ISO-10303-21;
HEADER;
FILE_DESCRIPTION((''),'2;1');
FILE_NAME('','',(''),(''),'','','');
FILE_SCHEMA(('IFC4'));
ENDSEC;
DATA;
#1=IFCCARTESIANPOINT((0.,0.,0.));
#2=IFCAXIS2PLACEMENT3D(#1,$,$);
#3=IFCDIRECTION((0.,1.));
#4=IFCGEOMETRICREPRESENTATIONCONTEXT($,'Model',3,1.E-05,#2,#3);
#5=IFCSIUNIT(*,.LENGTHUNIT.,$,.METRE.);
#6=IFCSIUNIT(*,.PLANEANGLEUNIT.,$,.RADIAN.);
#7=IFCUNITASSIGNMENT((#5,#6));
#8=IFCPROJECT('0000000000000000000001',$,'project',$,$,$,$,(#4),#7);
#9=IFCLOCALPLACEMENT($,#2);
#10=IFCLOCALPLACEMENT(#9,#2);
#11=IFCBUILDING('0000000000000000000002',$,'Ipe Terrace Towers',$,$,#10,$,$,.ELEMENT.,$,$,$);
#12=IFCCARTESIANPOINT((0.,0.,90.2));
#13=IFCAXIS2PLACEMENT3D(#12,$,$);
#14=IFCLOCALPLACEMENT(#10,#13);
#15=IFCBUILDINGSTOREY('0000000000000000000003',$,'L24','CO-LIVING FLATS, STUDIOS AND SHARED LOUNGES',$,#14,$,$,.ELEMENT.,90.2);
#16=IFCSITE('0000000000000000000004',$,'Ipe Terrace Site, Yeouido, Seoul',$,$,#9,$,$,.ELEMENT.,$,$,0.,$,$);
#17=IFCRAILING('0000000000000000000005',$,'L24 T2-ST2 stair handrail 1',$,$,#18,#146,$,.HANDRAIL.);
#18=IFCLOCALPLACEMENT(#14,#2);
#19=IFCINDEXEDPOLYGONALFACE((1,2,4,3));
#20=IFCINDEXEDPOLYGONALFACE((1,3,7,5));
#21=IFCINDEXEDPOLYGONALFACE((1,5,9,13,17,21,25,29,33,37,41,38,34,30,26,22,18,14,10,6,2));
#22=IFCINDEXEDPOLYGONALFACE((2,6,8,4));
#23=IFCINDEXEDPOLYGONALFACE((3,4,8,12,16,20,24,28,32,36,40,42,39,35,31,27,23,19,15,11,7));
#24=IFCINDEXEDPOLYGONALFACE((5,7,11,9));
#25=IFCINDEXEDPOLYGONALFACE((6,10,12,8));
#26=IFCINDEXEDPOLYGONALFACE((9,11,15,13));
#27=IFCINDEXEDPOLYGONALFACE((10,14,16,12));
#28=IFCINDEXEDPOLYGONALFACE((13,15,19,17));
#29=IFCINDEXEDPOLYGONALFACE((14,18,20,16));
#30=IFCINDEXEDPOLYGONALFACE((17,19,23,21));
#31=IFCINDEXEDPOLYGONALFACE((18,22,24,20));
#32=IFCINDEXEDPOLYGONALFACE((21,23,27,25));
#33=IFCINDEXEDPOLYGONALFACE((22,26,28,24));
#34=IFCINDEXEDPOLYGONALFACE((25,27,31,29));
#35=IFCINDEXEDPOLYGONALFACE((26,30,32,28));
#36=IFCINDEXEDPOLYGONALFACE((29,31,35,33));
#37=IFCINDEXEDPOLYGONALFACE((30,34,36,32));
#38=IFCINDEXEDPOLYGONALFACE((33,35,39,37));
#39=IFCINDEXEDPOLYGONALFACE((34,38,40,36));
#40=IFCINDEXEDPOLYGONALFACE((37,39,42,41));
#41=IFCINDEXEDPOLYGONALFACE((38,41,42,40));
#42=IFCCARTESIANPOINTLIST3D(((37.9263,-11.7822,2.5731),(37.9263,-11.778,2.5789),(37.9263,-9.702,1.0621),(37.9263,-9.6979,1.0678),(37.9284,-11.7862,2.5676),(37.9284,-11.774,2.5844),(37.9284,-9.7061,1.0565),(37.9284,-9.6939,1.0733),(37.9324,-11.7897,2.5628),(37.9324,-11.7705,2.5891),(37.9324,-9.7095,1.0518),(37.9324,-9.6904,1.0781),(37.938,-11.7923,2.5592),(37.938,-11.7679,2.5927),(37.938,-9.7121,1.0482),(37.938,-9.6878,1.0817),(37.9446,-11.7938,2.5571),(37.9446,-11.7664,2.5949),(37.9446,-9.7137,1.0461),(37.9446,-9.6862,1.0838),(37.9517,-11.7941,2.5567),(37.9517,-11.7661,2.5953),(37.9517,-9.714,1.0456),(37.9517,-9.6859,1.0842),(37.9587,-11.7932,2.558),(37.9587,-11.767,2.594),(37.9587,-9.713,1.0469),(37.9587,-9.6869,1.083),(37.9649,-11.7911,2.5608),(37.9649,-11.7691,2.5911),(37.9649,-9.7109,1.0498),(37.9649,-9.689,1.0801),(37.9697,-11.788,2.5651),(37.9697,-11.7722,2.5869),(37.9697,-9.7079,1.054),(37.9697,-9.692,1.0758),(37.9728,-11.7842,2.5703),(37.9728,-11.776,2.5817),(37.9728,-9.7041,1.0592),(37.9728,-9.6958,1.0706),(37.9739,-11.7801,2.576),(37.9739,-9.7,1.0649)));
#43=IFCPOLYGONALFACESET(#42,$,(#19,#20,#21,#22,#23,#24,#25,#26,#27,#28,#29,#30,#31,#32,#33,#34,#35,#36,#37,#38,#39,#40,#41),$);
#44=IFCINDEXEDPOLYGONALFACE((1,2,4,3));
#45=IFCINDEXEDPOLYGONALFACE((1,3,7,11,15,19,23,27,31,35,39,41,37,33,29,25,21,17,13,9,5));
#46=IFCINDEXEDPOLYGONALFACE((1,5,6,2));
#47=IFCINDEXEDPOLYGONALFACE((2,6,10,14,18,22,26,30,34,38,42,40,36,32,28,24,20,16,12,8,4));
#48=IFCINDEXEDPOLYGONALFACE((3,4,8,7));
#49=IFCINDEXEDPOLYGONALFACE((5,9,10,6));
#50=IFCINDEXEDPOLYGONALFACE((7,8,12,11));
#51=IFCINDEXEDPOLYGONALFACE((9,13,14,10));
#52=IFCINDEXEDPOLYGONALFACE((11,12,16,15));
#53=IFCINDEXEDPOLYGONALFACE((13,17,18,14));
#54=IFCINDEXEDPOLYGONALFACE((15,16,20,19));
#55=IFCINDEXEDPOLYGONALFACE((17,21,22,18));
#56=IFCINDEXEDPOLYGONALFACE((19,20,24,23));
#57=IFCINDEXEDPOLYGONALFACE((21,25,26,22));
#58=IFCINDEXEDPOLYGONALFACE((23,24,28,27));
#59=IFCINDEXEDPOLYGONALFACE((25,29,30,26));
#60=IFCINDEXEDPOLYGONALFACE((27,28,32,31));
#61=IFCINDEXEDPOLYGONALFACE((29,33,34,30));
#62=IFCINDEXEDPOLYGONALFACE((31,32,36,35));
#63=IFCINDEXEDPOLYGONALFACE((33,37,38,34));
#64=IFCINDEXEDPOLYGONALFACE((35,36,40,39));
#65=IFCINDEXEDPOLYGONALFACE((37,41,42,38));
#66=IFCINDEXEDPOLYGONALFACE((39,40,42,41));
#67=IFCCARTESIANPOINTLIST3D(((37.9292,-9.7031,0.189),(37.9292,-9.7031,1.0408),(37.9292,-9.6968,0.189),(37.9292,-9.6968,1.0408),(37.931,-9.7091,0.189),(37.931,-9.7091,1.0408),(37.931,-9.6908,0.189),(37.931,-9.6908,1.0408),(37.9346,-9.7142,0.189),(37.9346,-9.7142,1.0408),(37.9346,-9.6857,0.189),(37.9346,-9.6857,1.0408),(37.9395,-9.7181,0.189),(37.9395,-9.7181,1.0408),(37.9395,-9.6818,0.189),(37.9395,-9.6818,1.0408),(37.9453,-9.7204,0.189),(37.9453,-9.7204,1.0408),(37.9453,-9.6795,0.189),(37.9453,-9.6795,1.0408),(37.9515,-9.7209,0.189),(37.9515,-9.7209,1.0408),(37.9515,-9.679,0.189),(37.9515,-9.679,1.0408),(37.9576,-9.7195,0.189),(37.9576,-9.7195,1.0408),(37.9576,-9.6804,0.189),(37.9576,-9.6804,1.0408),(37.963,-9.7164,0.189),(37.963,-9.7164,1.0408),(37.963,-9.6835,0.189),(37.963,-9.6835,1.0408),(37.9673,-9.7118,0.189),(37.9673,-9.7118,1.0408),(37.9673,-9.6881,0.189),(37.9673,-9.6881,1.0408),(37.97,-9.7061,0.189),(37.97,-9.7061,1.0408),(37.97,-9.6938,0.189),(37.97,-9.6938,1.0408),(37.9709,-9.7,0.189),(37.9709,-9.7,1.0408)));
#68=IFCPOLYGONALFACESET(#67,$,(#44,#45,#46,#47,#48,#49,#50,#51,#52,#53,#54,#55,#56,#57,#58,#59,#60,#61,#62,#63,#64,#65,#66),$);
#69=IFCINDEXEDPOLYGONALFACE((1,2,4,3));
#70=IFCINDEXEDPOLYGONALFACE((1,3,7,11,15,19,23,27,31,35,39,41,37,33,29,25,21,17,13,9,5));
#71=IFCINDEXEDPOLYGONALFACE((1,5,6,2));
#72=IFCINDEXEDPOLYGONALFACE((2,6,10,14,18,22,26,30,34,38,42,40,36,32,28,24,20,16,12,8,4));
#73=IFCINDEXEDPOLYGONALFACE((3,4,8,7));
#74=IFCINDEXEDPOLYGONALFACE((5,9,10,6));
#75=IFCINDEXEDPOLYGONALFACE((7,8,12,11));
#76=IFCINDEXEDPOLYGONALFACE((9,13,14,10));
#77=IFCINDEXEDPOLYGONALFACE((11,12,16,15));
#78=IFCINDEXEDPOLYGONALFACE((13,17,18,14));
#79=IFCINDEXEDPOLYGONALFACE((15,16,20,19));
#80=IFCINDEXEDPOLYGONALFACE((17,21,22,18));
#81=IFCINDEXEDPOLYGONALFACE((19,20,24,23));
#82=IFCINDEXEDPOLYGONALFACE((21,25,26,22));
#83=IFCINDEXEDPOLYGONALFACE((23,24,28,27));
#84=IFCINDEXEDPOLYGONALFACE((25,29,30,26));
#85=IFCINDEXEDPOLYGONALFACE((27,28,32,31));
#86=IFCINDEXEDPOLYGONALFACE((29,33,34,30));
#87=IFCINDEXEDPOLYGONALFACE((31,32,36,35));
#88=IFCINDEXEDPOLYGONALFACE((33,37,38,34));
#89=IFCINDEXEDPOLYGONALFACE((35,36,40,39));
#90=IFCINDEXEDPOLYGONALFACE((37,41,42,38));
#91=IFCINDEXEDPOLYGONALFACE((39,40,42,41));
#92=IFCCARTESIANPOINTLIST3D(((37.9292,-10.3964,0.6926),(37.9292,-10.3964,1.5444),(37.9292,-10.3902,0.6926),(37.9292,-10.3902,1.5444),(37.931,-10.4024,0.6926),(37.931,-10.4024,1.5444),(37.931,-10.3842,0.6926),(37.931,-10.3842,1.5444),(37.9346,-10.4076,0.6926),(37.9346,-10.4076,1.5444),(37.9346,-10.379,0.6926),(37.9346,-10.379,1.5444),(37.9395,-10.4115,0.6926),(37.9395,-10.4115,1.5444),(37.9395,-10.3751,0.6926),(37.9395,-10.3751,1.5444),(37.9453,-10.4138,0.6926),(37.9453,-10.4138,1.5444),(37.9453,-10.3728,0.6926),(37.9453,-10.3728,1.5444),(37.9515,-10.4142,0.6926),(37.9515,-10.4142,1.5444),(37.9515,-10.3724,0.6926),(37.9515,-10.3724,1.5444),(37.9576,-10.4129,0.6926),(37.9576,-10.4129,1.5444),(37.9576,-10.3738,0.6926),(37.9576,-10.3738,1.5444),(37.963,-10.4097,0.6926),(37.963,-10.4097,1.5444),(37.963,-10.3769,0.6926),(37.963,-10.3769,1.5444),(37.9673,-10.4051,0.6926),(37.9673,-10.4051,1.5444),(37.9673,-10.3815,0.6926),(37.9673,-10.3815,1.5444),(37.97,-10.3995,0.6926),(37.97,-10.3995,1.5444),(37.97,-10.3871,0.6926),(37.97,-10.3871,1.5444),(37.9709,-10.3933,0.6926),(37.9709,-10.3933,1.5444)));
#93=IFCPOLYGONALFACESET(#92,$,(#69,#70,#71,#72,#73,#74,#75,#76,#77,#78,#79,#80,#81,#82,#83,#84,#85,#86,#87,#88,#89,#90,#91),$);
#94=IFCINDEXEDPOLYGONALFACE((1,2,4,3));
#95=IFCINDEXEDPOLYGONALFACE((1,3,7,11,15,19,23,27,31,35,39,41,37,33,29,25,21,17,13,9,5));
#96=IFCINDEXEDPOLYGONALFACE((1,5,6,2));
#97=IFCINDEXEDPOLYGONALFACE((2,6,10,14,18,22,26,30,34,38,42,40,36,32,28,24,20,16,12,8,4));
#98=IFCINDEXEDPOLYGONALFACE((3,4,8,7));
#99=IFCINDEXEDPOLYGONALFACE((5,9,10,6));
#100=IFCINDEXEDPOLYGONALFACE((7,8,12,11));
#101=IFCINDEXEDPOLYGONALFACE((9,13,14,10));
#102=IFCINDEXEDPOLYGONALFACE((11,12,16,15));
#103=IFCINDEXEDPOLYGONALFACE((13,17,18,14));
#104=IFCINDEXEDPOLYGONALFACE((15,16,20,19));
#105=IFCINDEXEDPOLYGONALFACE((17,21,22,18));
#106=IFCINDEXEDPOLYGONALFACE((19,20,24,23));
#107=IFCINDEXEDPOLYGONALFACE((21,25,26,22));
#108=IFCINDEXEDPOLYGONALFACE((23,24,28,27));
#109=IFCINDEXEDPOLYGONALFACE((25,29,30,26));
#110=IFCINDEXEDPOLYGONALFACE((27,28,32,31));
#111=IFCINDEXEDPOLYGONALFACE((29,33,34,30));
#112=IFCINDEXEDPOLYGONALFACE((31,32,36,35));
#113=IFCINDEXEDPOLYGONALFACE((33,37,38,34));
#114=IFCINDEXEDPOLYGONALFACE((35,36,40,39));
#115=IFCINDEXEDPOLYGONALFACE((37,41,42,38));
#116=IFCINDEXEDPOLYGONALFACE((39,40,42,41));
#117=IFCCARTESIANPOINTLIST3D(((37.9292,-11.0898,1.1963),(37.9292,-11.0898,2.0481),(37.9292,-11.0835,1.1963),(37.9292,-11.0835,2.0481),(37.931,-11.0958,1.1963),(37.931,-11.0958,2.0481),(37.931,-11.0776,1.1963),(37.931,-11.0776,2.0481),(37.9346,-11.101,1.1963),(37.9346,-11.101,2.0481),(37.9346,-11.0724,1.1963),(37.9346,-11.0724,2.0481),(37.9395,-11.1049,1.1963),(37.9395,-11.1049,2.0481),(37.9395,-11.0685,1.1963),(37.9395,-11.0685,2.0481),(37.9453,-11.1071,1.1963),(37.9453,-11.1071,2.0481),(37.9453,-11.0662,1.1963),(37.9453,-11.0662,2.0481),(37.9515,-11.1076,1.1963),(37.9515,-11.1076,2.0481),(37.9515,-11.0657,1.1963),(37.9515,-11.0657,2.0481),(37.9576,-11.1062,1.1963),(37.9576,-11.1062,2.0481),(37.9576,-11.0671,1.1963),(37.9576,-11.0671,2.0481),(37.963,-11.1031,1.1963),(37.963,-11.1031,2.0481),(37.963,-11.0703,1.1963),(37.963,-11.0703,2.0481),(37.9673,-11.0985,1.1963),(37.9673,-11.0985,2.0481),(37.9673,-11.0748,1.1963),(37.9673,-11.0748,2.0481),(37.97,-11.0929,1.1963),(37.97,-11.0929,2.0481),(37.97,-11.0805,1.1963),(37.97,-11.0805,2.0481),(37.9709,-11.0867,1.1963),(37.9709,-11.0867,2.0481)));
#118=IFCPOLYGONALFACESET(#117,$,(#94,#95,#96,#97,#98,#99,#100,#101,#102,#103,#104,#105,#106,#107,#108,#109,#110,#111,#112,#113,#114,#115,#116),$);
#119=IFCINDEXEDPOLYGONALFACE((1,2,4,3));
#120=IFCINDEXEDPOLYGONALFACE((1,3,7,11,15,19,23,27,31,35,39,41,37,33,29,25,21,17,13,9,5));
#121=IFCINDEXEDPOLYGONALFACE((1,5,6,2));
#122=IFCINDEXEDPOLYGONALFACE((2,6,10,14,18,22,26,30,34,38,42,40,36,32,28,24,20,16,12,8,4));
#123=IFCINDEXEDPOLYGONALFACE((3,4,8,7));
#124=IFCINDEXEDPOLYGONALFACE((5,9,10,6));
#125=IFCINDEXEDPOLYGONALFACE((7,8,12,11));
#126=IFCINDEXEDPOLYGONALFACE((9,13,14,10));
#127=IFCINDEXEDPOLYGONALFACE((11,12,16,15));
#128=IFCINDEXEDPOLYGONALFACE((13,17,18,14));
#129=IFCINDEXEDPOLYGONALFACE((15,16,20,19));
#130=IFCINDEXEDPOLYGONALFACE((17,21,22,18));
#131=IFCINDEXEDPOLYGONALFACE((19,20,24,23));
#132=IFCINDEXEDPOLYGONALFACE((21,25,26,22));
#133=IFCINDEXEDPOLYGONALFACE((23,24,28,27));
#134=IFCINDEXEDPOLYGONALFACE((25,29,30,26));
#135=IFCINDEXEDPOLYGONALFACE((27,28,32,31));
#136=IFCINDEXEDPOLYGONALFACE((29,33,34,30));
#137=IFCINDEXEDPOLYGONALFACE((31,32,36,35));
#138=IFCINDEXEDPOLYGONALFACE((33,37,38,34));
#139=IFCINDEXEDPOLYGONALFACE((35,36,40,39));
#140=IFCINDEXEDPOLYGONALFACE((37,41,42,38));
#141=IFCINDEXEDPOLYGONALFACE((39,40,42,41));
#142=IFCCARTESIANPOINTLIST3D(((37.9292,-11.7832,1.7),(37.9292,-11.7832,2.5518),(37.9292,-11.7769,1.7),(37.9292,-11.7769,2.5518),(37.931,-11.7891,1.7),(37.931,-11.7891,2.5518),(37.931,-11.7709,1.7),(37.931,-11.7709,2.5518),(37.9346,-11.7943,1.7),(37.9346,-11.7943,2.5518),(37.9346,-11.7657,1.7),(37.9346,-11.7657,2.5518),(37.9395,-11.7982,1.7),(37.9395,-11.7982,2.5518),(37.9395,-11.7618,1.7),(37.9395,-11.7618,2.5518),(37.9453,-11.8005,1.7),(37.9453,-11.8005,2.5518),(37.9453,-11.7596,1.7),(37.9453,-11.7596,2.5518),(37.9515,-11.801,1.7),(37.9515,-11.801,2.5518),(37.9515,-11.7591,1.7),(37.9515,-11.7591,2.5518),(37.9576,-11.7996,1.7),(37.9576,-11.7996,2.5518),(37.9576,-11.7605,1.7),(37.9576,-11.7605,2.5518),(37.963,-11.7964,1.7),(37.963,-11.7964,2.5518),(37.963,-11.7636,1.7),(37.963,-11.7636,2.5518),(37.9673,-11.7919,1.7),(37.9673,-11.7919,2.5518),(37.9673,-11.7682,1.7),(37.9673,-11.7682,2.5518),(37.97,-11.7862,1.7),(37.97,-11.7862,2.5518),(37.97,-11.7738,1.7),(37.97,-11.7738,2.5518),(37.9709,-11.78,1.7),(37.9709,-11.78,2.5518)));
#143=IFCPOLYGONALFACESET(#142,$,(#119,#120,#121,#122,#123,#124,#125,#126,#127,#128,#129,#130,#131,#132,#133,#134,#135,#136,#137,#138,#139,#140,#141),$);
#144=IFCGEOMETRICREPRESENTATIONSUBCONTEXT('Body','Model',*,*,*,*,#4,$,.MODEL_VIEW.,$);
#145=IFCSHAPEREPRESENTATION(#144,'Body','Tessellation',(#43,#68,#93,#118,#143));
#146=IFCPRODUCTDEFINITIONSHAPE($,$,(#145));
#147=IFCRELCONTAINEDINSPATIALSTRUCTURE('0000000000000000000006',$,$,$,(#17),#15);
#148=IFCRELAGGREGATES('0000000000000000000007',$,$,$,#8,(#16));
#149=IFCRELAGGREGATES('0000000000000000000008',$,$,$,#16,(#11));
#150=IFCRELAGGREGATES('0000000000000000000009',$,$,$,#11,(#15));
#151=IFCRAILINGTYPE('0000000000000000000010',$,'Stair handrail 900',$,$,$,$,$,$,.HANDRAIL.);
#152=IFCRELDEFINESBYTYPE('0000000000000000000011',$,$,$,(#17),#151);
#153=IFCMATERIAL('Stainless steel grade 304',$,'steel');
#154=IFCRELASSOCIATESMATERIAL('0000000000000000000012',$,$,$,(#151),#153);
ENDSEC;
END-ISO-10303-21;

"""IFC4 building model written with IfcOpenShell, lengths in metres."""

from ifc_helpers import new_model, si_unit, direction, frame, origin, origin_2d, place, context, subcontext, project, spatial, circle, extrude, material, type_object, element, save


model = new_model("IFC4")

# Units and contexts
model_context = context("Model", 3, precision=1e-05, world=origin(), true_north=direction((0.0, 1.0)))
body_context = subcontext(model_context, "Body", "Model", "MODEL_VIEW")
ifc_project = project(units=[si_unit("LENGTHUNIT", "METRE"), si_unit("PLANEANGLEUNIT", "RADIAN")], contexts=[model_context])

# Site, building, storey
site_placement = place(None, origin())
site = spatial("IfcSite", under=ifc_project, at=site_placement, Name="Ipe Terrace Site, Yeouido, Seoul", CompositionType="ELEMENT", RefElevation=0.0)
building_placement = place(site_placement, origin())
building = spatial("IfcBuilding", under=site, at=building_placement, Name="Ipe Terrace Towers", CompositionType="ELEMENT")
storey_placement = place(building_placement, frame((0.0, 0.0, 90.2)))
storey = spatial("IfcBuildingStorey", under=building, at=storey_placement, Name="L24", Description="CO-LIVING FLATS, STUDIOS AND SHARED LOUNGES", CompositionType="ELEMENT", Elevation=90.2)

# Railing
ifc_material_1 = material(Name="Stainless steel grade 304", Category="steel")
railing_type_1 = type_object("IfcRailingType", Name="Stair handrail 900", PredefinedType="HANDRAIL", material=ifc_material_1)
railing_1_placement = place(storey_placement, frame((37.95, -9.7, 0.189)))
element("IfcRailing", 1, at=railing_1_placement, inside=storey, type_object=railing_type_1, Name="L24 T2-ST2 stair handrail 1", PredefinedType="HANDRAIL", context=body_context, shape_type="SweptSolid", body=[
    extrude(circle(Radius=0.0239, at=origin_2d()), frame((0.0, 0.0, 0.876), z_axis=(0.0, -0.809069, 0.587714), x_axis=(1.0, 0.0, 0.0)), (0.0, 0.0, 1.0), 2.571),
    extrude(circle(Radius=0.021, at=origin_2d()), origin(), (0.0, 0.0, 1.0), 0.8518),
    extrude(circle(Radius=0.021, at=origin_2d()), frame((0.0, -0.6934, 0.5037)), (0.0, 0.0, 1.0), 0.8518),
    extrude(circle(Radius=0.021, at=origin_2d()), frame((0.0, -1.3867, 1.0073)), (0.0, 0.0, 1.0), 0.8518),
    extrude(circle(Radius=0.021, at=origin_2d()), frame((0.0, -2.0801, 1.511)), (0.0, 0.0, 1.0), 0.8518),
])

save(model, "model.ifc")
